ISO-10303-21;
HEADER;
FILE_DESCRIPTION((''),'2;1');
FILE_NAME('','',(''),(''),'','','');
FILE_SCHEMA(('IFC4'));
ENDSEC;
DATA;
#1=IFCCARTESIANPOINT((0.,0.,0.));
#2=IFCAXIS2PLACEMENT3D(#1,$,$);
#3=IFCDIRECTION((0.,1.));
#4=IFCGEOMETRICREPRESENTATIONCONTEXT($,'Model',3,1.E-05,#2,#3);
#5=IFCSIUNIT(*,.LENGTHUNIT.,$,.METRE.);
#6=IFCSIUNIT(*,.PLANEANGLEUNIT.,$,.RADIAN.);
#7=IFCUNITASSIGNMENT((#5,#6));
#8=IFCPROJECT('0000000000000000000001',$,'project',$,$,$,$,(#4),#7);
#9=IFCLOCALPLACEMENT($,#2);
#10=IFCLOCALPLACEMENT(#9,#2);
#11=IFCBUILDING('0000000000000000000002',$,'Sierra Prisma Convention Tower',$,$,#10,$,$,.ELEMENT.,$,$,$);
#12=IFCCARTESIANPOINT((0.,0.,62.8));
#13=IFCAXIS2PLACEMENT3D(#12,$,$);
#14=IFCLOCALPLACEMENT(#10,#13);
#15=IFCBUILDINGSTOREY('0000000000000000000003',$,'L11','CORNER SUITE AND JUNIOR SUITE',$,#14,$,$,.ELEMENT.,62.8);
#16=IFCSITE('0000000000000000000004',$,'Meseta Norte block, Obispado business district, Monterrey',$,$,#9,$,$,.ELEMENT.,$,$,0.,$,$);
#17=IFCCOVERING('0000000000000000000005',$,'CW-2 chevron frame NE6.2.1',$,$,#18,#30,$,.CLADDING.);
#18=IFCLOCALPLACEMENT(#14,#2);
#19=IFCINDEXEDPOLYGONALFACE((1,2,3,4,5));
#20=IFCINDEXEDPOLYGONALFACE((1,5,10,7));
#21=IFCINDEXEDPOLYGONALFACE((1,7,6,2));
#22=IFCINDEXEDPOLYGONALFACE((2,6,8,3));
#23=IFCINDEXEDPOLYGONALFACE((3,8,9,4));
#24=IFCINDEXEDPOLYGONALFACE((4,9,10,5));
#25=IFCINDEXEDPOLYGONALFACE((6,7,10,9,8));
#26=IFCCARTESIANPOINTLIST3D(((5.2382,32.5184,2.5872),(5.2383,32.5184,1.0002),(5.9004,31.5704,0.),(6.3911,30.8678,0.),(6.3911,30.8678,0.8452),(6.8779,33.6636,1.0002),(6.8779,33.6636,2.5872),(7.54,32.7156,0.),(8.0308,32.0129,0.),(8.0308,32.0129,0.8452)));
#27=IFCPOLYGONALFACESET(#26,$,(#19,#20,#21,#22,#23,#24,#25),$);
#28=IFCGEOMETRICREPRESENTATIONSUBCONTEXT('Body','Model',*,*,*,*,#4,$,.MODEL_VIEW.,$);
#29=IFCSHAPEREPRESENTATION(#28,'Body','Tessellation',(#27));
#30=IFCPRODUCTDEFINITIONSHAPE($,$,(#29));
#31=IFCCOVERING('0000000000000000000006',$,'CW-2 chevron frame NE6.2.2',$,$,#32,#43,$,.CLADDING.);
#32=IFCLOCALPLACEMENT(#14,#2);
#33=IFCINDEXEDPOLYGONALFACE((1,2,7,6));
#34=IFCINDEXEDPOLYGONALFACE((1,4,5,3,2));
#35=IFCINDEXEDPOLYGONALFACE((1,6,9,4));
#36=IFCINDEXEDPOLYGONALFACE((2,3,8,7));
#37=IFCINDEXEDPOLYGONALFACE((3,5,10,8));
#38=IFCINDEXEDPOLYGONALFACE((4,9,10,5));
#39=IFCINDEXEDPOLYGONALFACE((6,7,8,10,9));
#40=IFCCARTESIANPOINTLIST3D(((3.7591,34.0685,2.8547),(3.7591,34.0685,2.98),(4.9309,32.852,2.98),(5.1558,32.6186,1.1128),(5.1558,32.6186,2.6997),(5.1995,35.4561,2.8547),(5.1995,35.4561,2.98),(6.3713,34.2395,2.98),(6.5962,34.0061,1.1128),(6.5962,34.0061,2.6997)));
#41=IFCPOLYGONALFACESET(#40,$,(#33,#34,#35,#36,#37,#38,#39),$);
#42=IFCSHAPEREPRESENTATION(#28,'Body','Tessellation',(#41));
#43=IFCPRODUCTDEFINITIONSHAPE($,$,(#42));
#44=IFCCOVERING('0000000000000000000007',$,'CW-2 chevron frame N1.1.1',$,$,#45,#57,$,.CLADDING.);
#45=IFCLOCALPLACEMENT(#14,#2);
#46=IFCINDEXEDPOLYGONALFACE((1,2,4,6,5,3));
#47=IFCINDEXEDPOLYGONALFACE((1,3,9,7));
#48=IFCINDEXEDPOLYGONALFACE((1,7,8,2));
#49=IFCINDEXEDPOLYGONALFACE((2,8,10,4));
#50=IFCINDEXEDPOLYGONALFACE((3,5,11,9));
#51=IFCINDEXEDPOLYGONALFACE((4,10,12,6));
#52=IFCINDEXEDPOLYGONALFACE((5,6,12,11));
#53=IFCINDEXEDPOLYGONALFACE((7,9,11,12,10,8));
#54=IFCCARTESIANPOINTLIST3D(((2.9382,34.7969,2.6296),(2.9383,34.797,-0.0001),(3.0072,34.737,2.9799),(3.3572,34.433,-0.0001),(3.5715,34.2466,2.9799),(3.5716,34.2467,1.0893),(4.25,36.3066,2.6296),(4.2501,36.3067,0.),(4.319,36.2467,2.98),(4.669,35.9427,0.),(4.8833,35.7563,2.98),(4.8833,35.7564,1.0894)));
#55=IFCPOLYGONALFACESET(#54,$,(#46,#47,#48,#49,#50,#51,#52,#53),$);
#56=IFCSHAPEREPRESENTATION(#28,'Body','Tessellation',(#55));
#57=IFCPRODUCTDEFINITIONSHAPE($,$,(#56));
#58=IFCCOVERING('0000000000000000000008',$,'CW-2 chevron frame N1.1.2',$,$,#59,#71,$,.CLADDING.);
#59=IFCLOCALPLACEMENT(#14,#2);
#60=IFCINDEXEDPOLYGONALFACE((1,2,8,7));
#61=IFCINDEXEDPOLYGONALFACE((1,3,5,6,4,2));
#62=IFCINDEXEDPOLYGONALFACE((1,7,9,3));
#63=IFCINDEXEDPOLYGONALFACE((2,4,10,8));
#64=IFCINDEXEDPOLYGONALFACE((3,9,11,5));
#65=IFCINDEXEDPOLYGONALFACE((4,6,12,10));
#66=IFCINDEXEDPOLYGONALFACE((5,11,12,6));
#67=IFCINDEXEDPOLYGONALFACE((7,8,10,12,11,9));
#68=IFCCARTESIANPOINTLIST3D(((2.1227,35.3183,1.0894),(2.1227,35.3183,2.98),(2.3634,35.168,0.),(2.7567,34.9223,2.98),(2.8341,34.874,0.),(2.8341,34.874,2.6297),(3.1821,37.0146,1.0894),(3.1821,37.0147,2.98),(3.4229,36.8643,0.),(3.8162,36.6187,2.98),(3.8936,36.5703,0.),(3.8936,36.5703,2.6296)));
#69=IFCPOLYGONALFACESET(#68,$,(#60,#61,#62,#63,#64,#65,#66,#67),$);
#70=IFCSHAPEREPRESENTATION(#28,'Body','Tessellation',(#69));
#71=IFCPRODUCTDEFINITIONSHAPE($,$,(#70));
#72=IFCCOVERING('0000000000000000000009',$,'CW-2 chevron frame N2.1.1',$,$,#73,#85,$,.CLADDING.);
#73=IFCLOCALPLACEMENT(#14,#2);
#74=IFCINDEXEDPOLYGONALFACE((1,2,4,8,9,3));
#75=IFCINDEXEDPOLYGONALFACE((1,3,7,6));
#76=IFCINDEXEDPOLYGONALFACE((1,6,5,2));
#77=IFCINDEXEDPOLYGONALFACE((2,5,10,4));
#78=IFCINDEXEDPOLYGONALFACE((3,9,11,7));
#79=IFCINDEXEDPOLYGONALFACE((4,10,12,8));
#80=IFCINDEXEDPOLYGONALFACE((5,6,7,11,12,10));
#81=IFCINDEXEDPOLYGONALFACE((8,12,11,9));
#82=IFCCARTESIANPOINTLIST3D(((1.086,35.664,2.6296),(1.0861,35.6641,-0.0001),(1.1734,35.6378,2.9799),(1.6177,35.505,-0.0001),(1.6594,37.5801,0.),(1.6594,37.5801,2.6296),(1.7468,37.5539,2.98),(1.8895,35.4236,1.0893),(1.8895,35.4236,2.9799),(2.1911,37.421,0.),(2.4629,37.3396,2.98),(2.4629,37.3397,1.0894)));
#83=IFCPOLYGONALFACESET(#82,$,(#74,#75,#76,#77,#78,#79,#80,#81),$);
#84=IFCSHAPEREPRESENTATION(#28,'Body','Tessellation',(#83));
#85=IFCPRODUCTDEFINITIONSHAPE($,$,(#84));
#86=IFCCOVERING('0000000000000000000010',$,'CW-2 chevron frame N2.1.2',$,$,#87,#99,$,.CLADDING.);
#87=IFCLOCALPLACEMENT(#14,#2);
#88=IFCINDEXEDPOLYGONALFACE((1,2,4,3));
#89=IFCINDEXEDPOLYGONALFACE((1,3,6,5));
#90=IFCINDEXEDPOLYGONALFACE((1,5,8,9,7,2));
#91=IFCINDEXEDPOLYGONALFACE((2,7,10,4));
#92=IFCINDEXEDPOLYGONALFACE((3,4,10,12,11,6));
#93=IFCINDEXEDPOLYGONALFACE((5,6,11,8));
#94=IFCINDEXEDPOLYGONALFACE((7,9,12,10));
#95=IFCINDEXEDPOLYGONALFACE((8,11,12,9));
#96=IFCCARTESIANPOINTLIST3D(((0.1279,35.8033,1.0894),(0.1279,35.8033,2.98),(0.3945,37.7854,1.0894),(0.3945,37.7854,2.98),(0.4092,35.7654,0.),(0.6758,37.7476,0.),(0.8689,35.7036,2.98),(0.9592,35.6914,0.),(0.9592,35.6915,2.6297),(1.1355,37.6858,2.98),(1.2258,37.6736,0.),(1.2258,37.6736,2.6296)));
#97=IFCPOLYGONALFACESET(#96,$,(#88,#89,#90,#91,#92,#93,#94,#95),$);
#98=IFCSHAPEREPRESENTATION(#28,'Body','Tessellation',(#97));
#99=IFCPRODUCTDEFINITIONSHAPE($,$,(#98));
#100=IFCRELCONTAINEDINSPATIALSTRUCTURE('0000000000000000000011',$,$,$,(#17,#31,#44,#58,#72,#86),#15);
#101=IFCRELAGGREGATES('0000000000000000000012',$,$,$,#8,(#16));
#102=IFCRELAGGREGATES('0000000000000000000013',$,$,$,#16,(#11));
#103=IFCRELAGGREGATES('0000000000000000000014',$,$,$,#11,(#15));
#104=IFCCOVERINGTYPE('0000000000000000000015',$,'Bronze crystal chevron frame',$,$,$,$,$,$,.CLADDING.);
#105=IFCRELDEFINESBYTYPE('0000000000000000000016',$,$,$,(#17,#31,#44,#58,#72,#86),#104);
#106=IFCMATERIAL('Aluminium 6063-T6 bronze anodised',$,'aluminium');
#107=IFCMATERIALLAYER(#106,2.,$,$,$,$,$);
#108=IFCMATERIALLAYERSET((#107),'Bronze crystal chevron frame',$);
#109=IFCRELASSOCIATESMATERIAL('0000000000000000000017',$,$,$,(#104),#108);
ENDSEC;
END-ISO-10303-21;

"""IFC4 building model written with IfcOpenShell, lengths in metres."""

from ifc_helpers import new_model, si_unit, direction, frame, origin, place, context, subcontext, project, spatial, polyline, outline, extrude, material, layer, layer_set, type_object, element, save


model = new_model("IFC4")

# Units and contexts
model_context = context("Model", 3, precision=1e-05, world=origin(), true_north=direction((0.0, 1.0)))
body_context = subcontext(model_context, "Body", "Model", "MODEL_VIEW")
ifc_project = project(units=[si_unit("LENGTHUNIT", "METRE"), si_unit("PLANEANGLEUNIT", "RADIAN")], contexts=[model_context])

# Site, building, storey
site_placement = place(None, origin())
site = spatial("IfcSite", under=ifc_project, at=site_placement, Name="Meseta Norte block, Obispado business district, Monterrey", CompositionType="ELEMENT", RefElevation=0.0)
building_placement = place(site_placement, origin())
building = spatial("IfcBuilding", under=site, at=building_placement, Name="Sierra Prisma Convention Tower", CompositionType="ELEMENT")
storey_placement = place(building_placement, frame((0.0, 0.0, 62.8)))
storey = spatial("IfcBuildingStorey", under=building, at=storey_placement, Name="L11", Description="CORNER SUITE AND JUNIOR SUITE", CompositionType="ELEMENT", Elevation=62.8)

# Coverings
ifc_material_1 = material(Name="Aluminium 6063-T6 bronze anodised", Category="aluminium")
ifc_layer_1 = layer(ifc_material_1, 2.0)
ifc_layer_set_1 = layer_set([ifc_layer_1], Name="Bronze crystal chevron frame")
covering_type = type_object("IfcCoveringType", Name="Bronze crystal chevron frame", PredefinedType="CLADDING", material=ifc_layer_set_1)
covering_1_placement = place(storey_placement, frame((7.54, 32.7156, 0.0), z_axis=(0.819842, 0.57259, 0.000003), x_axis=(-0.433055, 0.62005, 0.654219)))
element("IfcCovering", 1, at=covering_1_placement, inside=storey, type_object=covering_type, Name="CW-2 chevron frame NE6.2.1", PredefinedType="CLADDING", context=body_context, shape_type="SweptSolid", body=[
    extrude(outline(polyline([(0.0, 0.0), (1.5289, 0.0), (2.5671, 1.2002), (-0.0952, 1.1999), (-0.6482, 0.5607), (0.0, 0.0)])), origin(), (0.0, 0.0, -1.0), 2.0),
])
covering_2_placement = place(storey_placement, frame((5.1995, 35.4561, 2.98), z_axis=(0.720202, 0.693764, 0.000008), x_axis=(0.693764, -0.720202, 0.0)))
element("IfcCovering", 2, at=covering_2_placement, inside=storey, type_object=covering_type, Name="CW-2 chevron frame NE6.2.2", PredefinedType="CLADDING", context=body_context, shape_type="SweptSolid", body=[
    extrude(outline(polyline([(0.0, 0.0), (1.6892, 0.0), (2.0133, 0.2803), (2.0133, 1.8672), (0.0, 0.1252), (0.0, 0.0)])), origin(), (0.0, 0.0, -1.0), 2.0),
])
covering_3_placement = place(storey_placement, frame((4.8833, 35.7563, 2.98), z_axis=(0.655892, 0.754855, 0.000035), x_axis=(0.000023, 0.000026, -1.0)))
element("IfcCovering", 3, at=covering_3_placement, inside=storey, type_object=covering_type, Name="CW-2 chevron frame N1.1.1", PredefinedType="CLADDING", context=body_context, shape_type="SweptSolid", body=[
    extrude(outline(polyline([(0.0, 0.0), (1.8906, 0.0), (2.98, 0.284), (2.98, 0.839), (0.3503, 0.839), (0.0, 0.7476), (0.0, 0.0)])), origin(), (0.0, 0.0, -1.0), 2.0),
])
covering_4_placement = place(storey_placement, frame((3.8936, 36.5703, 0.0), z_axis=(0.52973, 0.848166, -0.000007), x_axis=(-0.848166, 0.52973, 0.0)))
element("IfcCovering", 4, at=covering_4_placement, inside=storey, type_object=covering_type, Name="CW-2 chevron frame N1.1.2", PredefinedType="CLADDING", context=body_context, shape_type="SweptSolid", body=[
    extrude(outline(polyline([(0.0, 0.0), (0.5549, 0.0), (0.8388, 1.0894), (0.8388, 2.98), (0.0912, 2.98), (0.0, 2.6296), (0.0, 0.0)])), origin(), (0.0, 0.0, -1.0), 2.0),
])
covering_5_placement = place(storey_placement, frame((2.4629, 37.3396, 2.98), z_axis=(0.28669, 0.958023, 0.000031), x_axis=(0.000009, 0.000029, -1.0)))
element("IfcCovering", 5, at=covering_5_placement, inside=storey, type_object=covering_type, Name="CW-2 chevron frame N2.1.1", PredefinedType="CLADDING", context=body_context, shape_type="SweptSolid", body=[
    extrude(outline(polyline([(0.0, 0.0), (1.8906, 0.0), (2.98, 0.2837), (2.98, 0.8387), (0.3503, 0.8387), (0.0, 0.7475), (0.0, 0.0)])), origin(), (0.0, 0.0, -1.0), 2.0),
])
covering_6_placement = place(storey_placement, frame((1.2258, 37.6736, 0.0), z_axis=(0.133301, 0.991076, -0.000012), x_axis=(-0.991076, 0.133301, 0.0)))
element("IfcCovering", 6, at=covering_6_placement, inside=storey, type_object=covering_type, Name="CW-2 chevron frame N2.1.2", PredefinedType="CLADDING", context=body_context, shape_type="SweptSolid", body=[
    extrude(outline(polyline([(0.0, 0.0), (0.555, 0.0), (0.8388, 1.0894), (0.8388, 2.98), (0.0912, 2.98), (0.0, 2.6296), (0.0, 0.0)])), origin(), (0.0, 0.0, -1.0), 2.0),
])

save(model, "model.ifc")
